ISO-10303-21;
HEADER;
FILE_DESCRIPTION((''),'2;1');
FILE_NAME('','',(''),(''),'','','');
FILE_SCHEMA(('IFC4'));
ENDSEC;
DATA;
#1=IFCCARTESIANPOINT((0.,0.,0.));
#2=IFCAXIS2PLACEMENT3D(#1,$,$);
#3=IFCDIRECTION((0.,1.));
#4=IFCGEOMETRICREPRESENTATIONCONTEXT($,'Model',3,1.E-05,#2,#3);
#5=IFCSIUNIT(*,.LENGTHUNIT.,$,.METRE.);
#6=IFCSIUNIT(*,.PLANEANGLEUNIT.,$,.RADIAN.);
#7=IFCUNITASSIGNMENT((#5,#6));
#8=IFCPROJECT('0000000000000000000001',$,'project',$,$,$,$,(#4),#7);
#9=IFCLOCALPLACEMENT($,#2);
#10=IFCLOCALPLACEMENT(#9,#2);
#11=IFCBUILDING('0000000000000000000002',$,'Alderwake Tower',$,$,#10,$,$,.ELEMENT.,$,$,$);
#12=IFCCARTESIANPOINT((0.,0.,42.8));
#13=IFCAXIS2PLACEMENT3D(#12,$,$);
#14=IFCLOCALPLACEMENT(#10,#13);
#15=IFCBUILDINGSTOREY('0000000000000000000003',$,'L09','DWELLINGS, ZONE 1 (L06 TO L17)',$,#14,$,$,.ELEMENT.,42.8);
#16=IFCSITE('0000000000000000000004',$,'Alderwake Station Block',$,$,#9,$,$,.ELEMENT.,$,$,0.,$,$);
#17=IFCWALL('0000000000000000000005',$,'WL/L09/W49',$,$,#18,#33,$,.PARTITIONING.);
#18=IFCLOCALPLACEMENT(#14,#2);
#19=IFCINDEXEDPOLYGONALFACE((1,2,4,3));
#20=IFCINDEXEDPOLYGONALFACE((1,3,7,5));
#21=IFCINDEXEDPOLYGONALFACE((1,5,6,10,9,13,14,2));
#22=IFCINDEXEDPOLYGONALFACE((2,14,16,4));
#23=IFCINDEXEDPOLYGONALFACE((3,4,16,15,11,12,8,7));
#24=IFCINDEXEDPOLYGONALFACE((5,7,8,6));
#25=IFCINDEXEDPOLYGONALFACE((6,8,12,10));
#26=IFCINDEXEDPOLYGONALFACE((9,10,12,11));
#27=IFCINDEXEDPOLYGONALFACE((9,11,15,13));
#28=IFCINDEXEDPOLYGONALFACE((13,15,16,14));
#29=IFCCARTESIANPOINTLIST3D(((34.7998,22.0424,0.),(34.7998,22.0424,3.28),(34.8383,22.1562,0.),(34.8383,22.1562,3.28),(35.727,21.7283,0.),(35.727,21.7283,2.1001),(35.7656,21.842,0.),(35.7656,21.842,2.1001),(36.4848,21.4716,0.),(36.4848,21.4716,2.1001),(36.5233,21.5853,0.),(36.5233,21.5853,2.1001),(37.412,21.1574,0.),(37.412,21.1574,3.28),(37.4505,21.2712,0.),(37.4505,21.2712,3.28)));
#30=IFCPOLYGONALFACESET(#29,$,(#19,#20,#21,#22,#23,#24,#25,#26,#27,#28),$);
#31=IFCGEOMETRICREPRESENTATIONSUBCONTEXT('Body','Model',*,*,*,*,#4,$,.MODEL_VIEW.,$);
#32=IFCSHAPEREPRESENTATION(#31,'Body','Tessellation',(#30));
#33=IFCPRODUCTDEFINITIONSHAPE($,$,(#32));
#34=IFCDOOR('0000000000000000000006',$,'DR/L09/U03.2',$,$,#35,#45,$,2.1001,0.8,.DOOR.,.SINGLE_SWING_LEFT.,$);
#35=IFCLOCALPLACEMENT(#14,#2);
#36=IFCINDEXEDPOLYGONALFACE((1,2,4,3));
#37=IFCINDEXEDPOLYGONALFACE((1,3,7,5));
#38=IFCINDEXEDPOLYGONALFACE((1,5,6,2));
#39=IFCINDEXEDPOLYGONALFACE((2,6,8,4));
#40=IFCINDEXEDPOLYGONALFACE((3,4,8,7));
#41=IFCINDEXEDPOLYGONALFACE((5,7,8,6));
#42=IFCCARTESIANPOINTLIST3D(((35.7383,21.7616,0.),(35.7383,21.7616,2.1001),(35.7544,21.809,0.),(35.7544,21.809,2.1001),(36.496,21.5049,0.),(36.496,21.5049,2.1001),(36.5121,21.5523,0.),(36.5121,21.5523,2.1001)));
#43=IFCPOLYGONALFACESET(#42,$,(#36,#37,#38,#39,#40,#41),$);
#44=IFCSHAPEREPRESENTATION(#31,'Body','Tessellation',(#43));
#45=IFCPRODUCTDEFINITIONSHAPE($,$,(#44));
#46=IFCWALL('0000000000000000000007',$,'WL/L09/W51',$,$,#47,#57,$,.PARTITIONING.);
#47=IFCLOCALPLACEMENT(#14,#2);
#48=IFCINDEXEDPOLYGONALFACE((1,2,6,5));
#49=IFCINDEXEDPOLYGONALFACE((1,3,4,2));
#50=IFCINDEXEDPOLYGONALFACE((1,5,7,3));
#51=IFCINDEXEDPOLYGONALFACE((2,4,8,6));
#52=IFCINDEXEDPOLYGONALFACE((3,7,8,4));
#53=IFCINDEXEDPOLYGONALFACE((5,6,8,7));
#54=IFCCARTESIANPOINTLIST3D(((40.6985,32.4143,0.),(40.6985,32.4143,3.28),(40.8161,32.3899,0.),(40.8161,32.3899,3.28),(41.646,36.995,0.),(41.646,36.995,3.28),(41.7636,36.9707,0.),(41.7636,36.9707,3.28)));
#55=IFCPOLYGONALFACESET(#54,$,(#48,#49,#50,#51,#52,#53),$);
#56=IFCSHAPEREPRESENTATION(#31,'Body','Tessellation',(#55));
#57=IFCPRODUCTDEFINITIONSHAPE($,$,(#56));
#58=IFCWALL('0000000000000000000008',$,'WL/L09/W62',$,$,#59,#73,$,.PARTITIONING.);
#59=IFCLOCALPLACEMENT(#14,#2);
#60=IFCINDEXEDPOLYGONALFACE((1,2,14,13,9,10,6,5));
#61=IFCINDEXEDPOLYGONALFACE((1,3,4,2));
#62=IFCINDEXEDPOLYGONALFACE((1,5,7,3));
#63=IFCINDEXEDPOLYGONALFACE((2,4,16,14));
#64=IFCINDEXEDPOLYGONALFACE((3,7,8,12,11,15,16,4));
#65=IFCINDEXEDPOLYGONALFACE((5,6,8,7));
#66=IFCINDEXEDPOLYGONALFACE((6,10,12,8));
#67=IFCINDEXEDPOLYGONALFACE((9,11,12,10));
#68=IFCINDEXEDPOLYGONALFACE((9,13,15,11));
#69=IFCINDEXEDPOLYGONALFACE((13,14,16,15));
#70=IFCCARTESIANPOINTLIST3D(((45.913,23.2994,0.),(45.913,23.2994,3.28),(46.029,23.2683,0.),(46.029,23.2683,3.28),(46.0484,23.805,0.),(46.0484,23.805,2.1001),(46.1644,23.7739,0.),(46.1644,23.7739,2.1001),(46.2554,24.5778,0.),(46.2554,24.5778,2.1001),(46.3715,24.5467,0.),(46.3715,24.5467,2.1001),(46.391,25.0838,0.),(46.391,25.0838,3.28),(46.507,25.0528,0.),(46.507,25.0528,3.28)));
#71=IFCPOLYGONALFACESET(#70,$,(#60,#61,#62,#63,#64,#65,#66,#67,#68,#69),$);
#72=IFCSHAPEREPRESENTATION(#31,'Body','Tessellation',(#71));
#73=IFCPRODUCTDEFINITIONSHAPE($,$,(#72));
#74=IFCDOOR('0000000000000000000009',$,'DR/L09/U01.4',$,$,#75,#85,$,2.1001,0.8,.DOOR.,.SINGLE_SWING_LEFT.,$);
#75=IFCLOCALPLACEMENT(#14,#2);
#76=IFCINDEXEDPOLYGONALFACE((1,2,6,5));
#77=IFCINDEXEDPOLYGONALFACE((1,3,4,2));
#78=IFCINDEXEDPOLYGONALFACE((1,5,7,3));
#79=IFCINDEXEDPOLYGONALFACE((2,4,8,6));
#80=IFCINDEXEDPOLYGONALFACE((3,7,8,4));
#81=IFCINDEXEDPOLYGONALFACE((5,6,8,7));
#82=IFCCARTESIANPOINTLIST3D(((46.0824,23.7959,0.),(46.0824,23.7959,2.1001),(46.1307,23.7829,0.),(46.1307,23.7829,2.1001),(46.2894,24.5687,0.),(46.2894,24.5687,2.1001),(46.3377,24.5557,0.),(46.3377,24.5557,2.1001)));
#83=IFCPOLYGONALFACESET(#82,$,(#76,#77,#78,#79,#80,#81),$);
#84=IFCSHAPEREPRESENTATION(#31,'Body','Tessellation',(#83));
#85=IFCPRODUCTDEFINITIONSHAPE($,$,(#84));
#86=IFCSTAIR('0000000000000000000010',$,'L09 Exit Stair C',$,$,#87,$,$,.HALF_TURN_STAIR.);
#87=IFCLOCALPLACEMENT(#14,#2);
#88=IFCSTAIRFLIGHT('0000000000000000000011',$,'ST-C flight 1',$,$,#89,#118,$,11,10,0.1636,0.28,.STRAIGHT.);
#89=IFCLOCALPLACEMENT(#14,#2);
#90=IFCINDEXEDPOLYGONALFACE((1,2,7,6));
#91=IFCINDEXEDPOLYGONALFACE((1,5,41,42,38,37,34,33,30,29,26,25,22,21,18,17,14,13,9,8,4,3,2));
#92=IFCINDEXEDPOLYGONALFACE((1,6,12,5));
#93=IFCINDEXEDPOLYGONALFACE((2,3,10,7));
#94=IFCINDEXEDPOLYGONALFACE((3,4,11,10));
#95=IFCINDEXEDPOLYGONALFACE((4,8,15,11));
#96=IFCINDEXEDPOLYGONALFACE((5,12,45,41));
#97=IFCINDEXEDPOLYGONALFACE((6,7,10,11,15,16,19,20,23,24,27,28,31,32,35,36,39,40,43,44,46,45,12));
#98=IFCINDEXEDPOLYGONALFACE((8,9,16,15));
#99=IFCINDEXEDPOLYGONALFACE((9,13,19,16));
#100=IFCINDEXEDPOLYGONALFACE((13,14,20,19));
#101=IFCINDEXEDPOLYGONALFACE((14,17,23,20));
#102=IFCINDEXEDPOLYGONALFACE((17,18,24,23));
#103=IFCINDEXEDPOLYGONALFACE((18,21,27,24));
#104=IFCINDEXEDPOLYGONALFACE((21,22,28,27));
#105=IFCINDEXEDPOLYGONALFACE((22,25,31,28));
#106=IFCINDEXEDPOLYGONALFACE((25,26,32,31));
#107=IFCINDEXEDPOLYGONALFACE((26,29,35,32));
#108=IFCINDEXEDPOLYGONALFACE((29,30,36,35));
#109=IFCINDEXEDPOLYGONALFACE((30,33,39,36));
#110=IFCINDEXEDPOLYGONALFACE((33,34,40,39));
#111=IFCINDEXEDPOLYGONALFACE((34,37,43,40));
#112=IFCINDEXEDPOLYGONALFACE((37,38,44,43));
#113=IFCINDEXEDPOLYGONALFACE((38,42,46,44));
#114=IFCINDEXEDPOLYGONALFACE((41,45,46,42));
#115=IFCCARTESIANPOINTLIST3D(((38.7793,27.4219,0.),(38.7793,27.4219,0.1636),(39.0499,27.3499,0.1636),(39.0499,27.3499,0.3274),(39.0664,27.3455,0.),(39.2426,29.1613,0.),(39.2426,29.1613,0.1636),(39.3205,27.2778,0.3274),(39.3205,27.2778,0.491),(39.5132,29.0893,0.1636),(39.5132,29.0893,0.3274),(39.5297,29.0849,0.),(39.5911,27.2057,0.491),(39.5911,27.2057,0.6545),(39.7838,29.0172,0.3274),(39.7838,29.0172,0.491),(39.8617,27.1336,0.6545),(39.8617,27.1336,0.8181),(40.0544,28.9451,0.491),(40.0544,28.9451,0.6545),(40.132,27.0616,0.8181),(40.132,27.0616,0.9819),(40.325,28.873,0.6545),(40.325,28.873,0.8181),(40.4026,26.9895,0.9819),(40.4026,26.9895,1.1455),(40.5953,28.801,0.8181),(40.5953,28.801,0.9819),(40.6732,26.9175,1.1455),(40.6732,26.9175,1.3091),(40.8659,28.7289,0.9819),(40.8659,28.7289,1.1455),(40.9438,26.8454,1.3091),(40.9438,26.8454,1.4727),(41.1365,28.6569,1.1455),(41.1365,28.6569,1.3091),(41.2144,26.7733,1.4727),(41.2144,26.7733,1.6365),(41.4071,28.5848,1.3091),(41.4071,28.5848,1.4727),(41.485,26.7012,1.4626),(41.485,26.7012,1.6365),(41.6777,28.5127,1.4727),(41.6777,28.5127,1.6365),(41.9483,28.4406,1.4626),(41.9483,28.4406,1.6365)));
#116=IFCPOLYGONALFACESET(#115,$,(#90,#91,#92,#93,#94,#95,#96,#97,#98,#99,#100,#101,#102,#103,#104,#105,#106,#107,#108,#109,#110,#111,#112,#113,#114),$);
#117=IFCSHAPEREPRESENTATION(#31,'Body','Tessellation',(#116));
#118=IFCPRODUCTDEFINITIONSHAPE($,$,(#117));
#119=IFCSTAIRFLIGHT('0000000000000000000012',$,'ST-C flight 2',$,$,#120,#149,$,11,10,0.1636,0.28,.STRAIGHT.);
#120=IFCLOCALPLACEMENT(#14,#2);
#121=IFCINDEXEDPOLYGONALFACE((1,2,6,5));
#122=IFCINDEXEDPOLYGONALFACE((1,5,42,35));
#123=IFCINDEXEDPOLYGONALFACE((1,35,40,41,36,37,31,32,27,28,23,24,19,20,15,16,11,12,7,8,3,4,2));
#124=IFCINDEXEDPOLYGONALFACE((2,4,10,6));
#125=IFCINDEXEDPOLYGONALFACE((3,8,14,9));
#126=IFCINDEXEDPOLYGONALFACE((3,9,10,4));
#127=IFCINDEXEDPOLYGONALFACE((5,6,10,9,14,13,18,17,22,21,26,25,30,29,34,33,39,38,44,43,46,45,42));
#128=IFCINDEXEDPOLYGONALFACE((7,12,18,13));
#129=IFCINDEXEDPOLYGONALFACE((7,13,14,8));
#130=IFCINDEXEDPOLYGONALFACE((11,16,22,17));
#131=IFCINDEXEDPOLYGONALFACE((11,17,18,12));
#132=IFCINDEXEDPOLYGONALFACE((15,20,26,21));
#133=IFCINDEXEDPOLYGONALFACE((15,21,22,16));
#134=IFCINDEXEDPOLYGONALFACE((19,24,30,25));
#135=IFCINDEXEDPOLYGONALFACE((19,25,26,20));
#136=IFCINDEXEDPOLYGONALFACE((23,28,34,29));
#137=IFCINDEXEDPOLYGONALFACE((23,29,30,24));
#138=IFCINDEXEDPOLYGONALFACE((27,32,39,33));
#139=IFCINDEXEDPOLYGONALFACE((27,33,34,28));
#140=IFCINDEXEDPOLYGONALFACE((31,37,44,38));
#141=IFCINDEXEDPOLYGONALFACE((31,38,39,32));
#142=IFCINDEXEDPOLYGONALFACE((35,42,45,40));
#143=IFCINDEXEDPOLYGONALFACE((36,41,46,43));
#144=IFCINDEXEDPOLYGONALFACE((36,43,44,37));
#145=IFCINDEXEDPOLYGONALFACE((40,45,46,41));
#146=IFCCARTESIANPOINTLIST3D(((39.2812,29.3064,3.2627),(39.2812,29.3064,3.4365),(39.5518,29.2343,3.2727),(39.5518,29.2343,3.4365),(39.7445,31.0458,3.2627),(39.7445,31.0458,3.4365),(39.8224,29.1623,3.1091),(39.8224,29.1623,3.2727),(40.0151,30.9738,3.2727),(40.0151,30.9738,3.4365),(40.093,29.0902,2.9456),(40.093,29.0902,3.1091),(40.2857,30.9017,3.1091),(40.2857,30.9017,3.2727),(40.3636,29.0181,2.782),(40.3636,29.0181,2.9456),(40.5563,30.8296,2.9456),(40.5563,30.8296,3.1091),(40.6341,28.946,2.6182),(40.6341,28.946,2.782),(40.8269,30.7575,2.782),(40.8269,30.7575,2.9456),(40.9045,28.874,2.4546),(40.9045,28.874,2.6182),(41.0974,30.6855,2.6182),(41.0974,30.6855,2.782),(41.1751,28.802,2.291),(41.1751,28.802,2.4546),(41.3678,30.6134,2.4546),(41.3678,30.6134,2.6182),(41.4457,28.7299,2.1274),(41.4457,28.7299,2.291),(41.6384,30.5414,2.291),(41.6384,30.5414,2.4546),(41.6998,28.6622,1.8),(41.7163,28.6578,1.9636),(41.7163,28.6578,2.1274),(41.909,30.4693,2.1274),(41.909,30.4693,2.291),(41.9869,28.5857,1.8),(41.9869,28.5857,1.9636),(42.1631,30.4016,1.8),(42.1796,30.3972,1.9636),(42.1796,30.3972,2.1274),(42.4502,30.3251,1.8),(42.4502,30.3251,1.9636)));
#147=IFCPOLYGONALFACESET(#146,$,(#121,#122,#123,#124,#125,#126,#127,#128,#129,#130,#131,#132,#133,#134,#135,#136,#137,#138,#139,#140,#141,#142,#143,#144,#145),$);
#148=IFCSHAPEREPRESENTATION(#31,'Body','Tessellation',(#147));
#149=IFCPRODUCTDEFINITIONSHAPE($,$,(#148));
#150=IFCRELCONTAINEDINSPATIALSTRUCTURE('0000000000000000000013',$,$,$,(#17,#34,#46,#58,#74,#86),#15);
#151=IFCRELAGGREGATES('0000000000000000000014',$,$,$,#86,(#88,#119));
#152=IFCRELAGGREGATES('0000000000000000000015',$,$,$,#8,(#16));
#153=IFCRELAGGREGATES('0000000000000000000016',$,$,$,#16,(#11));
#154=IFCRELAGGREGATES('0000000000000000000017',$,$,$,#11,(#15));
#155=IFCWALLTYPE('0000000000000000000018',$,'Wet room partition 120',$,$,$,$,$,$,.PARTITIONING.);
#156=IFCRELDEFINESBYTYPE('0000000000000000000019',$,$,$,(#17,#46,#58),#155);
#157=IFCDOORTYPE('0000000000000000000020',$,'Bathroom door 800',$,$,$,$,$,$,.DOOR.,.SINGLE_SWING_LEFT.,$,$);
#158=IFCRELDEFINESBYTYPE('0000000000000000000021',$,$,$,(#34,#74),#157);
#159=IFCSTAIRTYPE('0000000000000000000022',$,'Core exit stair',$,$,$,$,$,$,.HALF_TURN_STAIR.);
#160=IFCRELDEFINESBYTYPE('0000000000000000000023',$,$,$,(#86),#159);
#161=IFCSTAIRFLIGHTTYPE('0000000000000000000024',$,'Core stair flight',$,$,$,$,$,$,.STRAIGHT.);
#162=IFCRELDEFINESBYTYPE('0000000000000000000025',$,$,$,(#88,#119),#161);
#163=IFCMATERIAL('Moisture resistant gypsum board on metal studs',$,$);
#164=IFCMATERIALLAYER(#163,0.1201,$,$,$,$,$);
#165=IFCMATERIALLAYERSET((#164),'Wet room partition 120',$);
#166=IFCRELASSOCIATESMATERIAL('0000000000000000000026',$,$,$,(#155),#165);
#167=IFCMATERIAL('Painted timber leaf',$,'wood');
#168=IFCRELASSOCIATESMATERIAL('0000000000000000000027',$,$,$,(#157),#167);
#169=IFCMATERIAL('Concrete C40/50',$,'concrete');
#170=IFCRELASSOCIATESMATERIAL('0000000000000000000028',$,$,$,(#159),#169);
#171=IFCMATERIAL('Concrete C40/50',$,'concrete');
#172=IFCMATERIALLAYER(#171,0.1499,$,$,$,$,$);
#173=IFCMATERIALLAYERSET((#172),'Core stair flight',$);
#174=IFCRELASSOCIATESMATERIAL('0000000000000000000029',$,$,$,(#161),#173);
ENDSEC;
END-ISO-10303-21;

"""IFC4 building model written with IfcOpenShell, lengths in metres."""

from ifc_helpers import new_model, si_unit, direction, frame, frame_2d, origin, place, context, subcontext, project, spatial, polyline, rectangle, outline, extrude, material, layer, layer_set, type_object, element, fill, aggregate, save


model = new_model("IFC4")

# Units and contexts
model_context = context("Model", 3, precision=1e-05, world=origin(), true_north=direction((0.0, 1.0)))
body_context = subcontext(model_context, "Body", "Model", "MODEL_VIEW")
ifc_project = project(units=[si_unit("LENGTHUNIT", "METRE"), si_unit("PLANEANGLEUNIT", "RADIAN")], contexts=[model_context])

# Site, building, storey
site_placement = place(None, origin())
site = spatial("IfcSite", under=ifc_project, at=site_placement, Name="Alderwake Station Block", CompositionType="ELEMENT", RefElevation=0.0)
building_placement = place(site_placement, origin())
building = spatial("IfcBuilding", under=site, at=building_placement, Name="Alderwake Tower", CompositionType="ELEMENT")
storey_placement = place(building_placement, frame((0.0, 0.0, 42.8)))
storey = spatial("IfcBuildingStorey", under=building, at=storey_placement, Name="L09", Description="DWELLINGS, ZONE 1 (L06 TO L17)", CompositionType="ELEMENT", Elevation=42.8)

# Shared definitions
ifc_material_1 = material(Name="Moisture resistant gypsum board on metal studs")
ifc_layer_1 = layer(ifc_material_1, 0.1201)
ifc_layer_set_1 = layer_set([ifc_layer_1], Name="Wet room partition 120")
wall_type_1 = type_object("IfcWallType", Name="Wet room partition 120", PredefinedType="PARTITIONING", material=ifc_layer_set_1)

# Wall, opening, door
wall_1_placement = place(storey_placement, frame((37.4312, 21.2144, 0.0), z_axis=(0.0, 0.0, 1.0), x_axis=(-0.947123, 0.320871, 0.0)))
wall_1 = element("IfcWall", 1, at=wall_1_placement, inside=storey, type_object=wall_type_1, Name="WL/L09/W49", PredefinedType="PARTITIONING", context=body_context, shape_type="SweptSolid", body=[
    extrude(rectangle(XDim=2.7581, YDim=0.1201, at=frame_2d((1.3789, 0.0))), origin(), (0.0, 0.0, 1.0), 3.28),
])
opening_1_placement = place(wall_1_placement, frame((0.979, 0.0, 0.0)))
opening_1 = element("IfcOpeningElement", 2, at=opening_1_placement, cuts=wall_1, PredefinedType="OPENING", context=body_context, shape_type="SweptSolid", body=[
    extrude(rectangle(XDim=0.8, YDim=2.1001, at=frame_2d((0.3999, 1.05))), frame((0.0, 0.0701, 0.0), z_axis=(0.0, -1.0, 0.0), x_axis=(1.0, 0.0, 0.0)), (0.0, 0.0, 1.0), 0.1401),
])
ifc_material_2 = material(Name="Painted timber leaf", Category="wood")
door_type_1 = type_object("IfcDoorType", Name="Bathroom door 800", OperationType="SINGLE_SWING_LEFT", PredefinedType="DOOR", material=ifc_material_2)
door_1_placement = place(opening_1_placement, origin())
door_1 = element("IfcDoor", 3, at=door_1_placement, inside=storey, type_object=door_type_1, Name="DR/L09/U03.2", OperationType="SINGLE_SWING_LEFT", OverallHeight=2.1001, OverallWidth=0.8, PredefinedType="DOOR", context=body_context, shape_type="SweptSolid", body=[
    extrude(rectangle(XDim=0.8, YDim=2.1001, at=frame_2d((0.3999, 1.05))), frame((0.0, 0.0249, 0.0), z_axis=(0.0, -1.0, 0.0), x_axis=(1.0, 0.0, 0.0)), (0.0, 0.0, 1.0), 0.05),
])
fill(opening_1, door_1)

# Wall
wall_2_placement = place(storey_placement, frame((40.7573, 32.4021, 0.0), z_axis=(0.0, 0.0, 1.0), x_axis=(0.202556, 0.979271, 0.0)))
element("IfcWall", 4, at=wall_2_placement, inside=storey, type_object=wall_type_1, Name="WL/L09/W51", PredefinedType="PARTITIONING", context=body_context, shape_type="SweptSolid", body=[
    extrude(rectangle(XDim=4.6777, YDim=0.1201, at=frame_2d((2.3389, 0.0))), origin(), (0.0, 0.0, 1.0), 3.28),
])

# Wall, opening, door
wall_3_placement = place(storey_placement, frame((45.9709, 23.2837, 0.0), z_axis=(0.0, 0.0, 1.0), x_axis=(0.258765, 0.96594, 0.0)))
wall_3 = element("IfcWall", 5, at=wall_3_placement, inside=storey, type_object=wall_type_1, Name="WL/L09/W62", PredefinedType="PARTITIONING", context=body_context, shape_type="SweptSolid", body=[
    extrude(rectangle(XDim=1.8474, YDim=0.1201, at=frame_2d((0.9238, 0.0))), origin(), (0.0, 0.0, 1.0), 3.28),
])
opening_2_placement = place(wall_3_placement, frame((0.5237, 0.0, 0.0)))
opening_2 = element("IfcOpeningElement", 6, at=opening_2_placement, cuts=wall_3, PredefinedType="OPENING", context=body_context, shape_type="SweptSolid", body=[
    extrude(rectangle(XDim=0.8, YDim=2.1001, at=frame_2d((0.3999, 1.05))), frame((0.0, 0.0701, 0.0), z_axis=(0.0, -1.0, 0.0), x_axis=(1.0, 0.0, 0.0)), (0.0, 0.0, 1.0), 0.1401),
])
door_2_placement = place(opening_2_placement, origin())
door_2 = element("IfcDoor", 7, at=door_2_placement, inside=storey, type_object=door_type_1, Name="DR/L09/U01.4", OperationType="SINGLE_SWING_LEFT", OverallHeight=2.1001, OverallWidth=0.8, PredefinedType="DOOR", context=body_context, shape_type="SweptSolid", body=[
    extrude(rectangle(XDim=0.8, YDim=2.1001, at=frame_2d((0.3999, 1.05))), frame((0.0, 0.0249, 0.0), z_axis=(0.0, -1.0, 0.0), x_axis=(1.0, 0.0, 0.0)), (0.0, 0.0, 1.0), 0.05),
])
fill(opening_2, door_2)

# Stair, stair flights
ifc_material_3 = material(Name="Concrete C40/50", Category="concrete")
stair_type = type_object("IfcStairType", Name="Core exit stair", PredefinedType="HALF_TURN_STAIR", material=ifc_material_3)
stair_placement = place(storey_placement, origin())
stair = element("IfcStair", 8, at=stair_placement, inside=storey, type_object=stair_type, Name="L09 Exit Stair C", PredefinedType="HALF_TURN_STAIR")
ifc_material_4 = material(Name="Concrete C40/50", Category="concrete")
ifc_layer_2 = layer(ifc_material_4, 0.1499)
ifc_layer_set_2 = layer_set([ifc_layer_2], Name="Core stair flight")
stair_flight_type = type_object("IfcStairFlightType", Name="Core stair flight", PredefinedType="STRAIGHT", material=ifc_layer_set_2)
stair_flight_1_placement = place(storey_placement, frame((39.011, 28.2917, 0.0), z_axis=(0.0, 0.0, 1.0), x_axis=(0.96631, -0.257382, 0.0)))
stair_flight_1 = element("IfcStairFlight", 9, at=stair_flight_1_placement, type_object=stair_flight_type, Name="ST-C flight 1", NumberOfRisers=11, NumberOfTreads=10, PredefinedType="STRAIGHT", RiserHeight=0.1636, TreadLength=0.28, context=body_context, shape_type="SweptSolid", body=[
    extrude(outline(polyline([(0.0, 0.0), (0.0, 0.1636), (0.28, 0.1636), (0.28, 0.3274), (0.5601, 0.3274), (0.5601, 0.491), (0.8401, 0.491), (0.8401, 0.6545), (1.1201, 0.6545), (1.1201, 0.8181), (1.3999, 0.8181), (1.3999, 0.9819), (1.6799, 0.9819), (1.6799, 1.1455), (1.96, 1.1455), (1.96, 1.3091), (2.24, 1.3091), (2.24, 1.4727), (2.52, 1.4727), (2.52, 1.6365), (2.8, 1.6365), (2.8, 1.8), (2.8, 1.4626), (0.2971, 0.0), (0.0, 0.0)])), frame((0.0, 0.8999, 0.0), z_axis=(0.0, -1.0, 0.0), x_axis=(1.0, 0.0, 0.0)), (0.0, 0.0, 1.0), 1.8),
])
stair_flight_2_placement = place(storey_placement, frame((42.2185, 29.4553, 1.8), z_axis=(0.0, 0.0, 1.0), x_axis=(-0.96631, 0.257382, 0.0)))
stair_flight_2 = element("IfcStairFlight", 10, at=stair_flight_2_placement, type_object=stair_flight_type, Name="ST-C flight 2", NumberOfRisers=11, NumberOfTreads=10, PredefinedType="STRAIGHT", RiserHeight=0.1636, TreadLength=0.28, context=body_context, shape_type="SweptSolid", body=[
    extrude(outline(polyline([(0.0, 0.0), (0.0, 0.1636), (0.28, 0.1636), (0.28, 0.3274), (0.5601, 0.3274), (0.5601, 0.491), (0.8401, 0.491), (0.8401, 0.6545), (1.1201, 0.6545), (1.1201, 0.8181), (1.3999, 0.8181), (1.3999, 0.9819), (1.6799, 0.9819), (1.6799, 1.1455), (1.96, 1.1455), (1.96, 1.3091), (2.24, 1.3091), (2.24, 1.4727), (2.52, 1.4727), (2.52, 1.6365), (2.8, 1.6365), (2.8, 1.8), (2.8, 1.4626), (0.2971, 0.0), (0.0, 0.0)])), frame((0.0, 0.8999, 0.0), z_axis=(0.0, -1.0, 0.0), x_axis=(1.0, 0.0, 0.0)), (0.0, 0.0, 1.0), 1.8),
])
aggregate(stair, [stair_flight_1, stair_flight_2])

save(model, "model.ifc")
